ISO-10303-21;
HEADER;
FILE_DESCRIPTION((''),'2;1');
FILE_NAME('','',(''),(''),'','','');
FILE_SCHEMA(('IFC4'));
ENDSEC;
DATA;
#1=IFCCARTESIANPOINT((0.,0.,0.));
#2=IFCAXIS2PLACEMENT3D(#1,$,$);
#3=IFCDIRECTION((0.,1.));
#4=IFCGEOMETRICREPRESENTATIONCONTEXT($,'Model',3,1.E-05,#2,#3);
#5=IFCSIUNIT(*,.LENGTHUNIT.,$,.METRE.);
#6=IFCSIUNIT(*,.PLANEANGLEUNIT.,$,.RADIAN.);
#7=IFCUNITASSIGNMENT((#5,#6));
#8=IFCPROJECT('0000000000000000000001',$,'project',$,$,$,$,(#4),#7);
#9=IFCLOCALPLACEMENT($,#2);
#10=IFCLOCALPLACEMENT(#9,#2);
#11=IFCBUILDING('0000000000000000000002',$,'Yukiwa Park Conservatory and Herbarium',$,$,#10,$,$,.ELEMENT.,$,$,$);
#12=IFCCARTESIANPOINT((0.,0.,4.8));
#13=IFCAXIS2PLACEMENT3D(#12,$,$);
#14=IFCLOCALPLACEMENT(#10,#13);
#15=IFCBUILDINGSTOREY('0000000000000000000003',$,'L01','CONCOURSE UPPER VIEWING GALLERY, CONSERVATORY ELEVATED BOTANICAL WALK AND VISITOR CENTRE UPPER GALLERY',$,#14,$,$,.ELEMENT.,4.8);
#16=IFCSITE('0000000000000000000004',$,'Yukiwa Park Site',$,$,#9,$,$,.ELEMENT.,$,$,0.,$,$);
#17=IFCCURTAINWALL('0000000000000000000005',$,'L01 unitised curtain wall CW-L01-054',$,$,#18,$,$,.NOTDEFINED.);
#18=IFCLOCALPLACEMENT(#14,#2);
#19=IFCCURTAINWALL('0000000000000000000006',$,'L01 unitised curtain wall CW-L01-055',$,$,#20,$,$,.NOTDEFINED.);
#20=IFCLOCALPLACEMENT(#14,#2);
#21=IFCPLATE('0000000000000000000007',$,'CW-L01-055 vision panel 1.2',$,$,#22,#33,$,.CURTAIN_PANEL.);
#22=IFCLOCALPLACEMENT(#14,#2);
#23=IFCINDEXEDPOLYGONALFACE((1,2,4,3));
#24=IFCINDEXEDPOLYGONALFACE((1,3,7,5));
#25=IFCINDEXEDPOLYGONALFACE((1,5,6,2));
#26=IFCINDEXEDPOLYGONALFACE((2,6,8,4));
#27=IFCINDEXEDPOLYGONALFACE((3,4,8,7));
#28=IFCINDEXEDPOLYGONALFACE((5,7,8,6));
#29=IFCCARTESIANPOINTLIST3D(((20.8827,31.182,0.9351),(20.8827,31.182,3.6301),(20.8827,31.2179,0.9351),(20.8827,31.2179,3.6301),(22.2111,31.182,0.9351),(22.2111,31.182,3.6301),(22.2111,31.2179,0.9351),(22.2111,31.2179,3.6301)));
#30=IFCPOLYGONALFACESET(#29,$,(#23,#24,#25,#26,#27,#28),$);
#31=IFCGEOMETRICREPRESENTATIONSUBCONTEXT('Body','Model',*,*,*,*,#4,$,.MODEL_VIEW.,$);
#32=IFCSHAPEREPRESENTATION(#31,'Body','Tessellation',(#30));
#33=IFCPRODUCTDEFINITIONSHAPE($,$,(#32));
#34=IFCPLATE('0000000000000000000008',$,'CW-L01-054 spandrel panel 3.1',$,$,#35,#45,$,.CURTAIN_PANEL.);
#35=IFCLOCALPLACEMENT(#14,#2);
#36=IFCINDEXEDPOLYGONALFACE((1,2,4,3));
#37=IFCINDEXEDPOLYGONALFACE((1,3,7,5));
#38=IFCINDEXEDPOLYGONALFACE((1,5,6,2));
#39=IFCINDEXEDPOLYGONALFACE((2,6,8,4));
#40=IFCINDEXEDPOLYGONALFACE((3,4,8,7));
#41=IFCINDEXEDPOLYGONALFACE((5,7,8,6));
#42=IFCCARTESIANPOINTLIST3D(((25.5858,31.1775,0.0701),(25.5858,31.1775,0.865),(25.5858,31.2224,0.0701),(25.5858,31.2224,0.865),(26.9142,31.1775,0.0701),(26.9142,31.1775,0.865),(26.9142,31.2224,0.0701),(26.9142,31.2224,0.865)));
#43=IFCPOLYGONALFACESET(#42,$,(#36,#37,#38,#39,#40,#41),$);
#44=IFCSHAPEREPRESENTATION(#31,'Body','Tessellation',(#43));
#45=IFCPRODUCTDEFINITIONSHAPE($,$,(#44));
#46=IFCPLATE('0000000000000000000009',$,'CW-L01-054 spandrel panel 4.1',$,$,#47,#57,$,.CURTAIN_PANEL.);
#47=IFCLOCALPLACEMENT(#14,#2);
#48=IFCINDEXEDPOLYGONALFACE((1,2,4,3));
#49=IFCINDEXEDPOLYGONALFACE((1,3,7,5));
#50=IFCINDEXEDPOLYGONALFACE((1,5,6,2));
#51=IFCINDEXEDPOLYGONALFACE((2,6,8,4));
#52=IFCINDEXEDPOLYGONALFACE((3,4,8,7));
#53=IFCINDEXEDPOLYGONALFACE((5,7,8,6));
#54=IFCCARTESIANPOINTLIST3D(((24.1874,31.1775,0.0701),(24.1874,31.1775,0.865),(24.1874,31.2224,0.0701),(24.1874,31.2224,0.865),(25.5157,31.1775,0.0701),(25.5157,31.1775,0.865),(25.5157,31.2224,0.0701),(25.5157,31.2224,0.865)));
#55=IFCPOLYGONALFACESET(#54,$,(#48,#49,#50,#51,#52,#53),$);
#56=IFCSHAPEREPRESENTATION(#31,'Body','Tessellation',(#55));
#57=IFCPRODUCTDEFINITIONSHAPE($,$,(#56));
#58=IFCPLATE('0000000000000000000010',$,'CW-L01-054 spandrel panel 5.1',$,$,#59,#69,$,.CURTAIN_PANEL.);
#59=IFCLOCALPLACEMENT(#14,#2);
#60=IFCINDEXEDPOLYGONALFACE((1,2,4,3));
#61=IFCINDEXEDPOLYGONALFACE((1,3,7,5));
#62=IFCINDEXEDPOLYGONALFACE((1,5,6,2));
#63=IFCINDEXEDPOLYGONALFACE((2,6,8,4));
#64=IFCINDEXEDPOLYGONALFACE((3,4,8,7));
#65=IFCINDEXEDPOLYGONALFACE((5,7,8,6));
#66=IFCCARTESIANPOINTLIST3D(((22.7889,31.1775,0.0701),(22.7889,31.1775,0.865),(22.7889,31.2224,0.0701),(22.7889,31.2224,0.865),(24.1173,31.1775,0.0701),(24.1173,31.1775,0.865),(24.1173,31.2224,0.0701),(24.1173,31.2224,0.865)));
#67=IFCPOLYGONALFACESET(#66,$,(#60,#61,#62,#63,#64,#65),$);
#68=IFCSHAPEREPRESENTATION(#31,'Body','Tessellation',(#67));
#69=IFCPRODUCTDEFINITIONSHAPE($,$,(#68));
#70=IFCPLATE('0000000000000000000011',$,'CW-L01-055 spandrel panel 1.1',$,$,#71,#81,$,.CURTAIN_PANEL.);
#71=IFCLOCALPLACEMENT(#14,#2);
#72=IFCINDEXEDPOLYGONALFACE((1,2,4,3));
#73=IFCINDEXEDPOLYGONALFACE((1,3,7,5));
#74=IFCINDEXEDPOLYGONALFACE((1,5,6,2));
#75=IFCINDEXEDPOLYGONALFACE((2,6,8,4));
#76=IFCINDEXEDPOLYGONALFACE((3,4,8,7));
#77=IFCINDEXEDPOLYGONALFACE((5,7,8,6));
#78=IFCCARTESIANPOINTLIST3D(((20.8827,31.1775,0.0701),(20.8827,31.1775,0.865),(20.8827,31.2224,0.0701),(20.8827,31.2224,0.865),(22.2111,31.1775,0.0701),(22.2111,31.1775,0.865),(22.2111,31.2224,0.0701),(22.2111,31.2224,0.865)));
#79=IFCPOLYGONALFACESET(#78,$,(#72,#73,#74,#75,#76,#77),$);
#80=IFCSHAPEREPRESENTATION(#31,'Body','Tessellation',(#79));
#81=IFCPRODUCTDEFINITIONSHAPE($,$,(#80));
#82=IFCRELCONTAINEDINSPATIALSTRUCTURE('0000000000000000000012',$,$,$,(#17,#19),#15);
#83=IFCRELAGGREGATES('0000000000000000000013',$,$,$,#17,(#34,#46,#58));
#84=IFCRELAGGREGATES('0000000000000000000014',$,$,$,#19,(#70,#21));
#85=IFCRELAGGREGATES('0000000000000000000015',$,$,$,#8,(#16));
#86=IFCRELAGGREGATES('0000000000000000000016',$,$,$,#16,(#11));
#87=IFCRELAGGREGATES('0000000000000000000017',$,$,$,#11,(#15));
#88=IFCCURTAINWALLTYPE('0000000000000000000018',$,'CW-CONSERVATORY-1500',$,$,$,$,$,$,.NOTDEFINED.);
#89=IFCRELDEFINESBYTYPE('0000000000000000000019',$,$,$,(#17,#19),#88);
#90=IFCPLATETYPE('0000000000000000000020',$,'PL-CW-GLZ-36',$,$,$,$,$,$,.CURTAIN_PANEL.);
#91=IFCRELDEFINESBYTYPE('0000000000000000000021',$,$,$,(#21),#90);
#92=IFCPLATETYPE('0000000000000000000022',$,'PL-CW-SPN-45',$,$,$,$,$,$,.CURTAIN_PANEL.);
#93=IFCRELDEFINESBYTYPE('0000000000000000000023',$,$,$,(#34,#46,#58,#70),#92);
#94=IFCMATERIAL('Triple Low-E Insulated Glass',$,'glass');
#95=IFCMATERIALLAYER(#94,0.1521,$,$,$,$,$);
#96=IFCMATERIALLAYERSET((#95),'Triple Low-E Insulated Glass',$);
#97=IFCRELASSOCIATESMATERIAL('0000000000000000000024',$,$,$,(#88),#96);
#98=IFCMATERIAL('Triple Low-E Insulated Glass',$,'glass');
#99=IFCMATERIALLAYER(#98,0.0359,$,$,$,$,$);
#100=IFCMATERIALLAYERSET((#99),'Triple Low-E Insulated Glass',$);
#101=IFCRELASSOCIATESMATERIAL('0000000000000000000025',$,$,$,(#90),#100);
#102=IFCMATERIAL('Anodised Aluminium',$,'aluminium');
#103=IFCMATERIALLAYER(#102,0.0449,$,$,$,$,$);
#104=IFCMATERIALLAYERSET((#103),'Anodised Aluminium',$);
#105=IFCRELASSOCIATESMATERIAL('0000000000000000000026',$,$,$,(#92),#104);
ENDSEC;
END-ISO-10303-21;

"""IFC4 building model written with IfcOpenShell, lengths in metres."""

from ifc_helpers import new_model, si_unit, direction, frame, origin, origin_2d, place, context, subcontext, project, spatial, rectangle, extrude, material, layer, layer_set, type_object, element, aggregate, save


model = new_model("IFC4")

# Units and contexts
model_context = context("Model", 3, precision=1e-05, world=origin(), true_north=direction((0.0, 1.0)))
body_context = subcontext(model_context, "Body", "Model", "MODEL_VIEW")
ifc_project = project(units=[si_unit("LENGTHUNIT", "METRE"), si_unit("PLANEANGLEUNIT", "RADIAN")], contexts=[model_context])

# Site, building, storey
site_placement = place(None, origin())
site = spatial("IfcSite", under=ifc_project, at=site_placement, Name="Yukiwa Park Site", CompositionType="ELEMENT", RefElevation=0.0)
building_placement = place(site_placement, origin())
building = spatial("IfcBuilding", under=site, at=building_placement, Name="Yukiwa Park Conservatory and Herbarium", CompositionType="ELEMENT")
storey_placement = place(building_placement, frame((0.0, 0.0, 4.8)))
storey = spatial("IfcBuildingStorey", under=building, at=storey_placement, Name="L01", Description="CONCOURSE UPPER VIEWING GALLERY, CONSERVATORY ELEVATED BOTANICAL WALK AND VISITOR CENTRE UPPER GALLERY", CompositionType="ELEMENT", Elevation=4.8)

# Curtain wall
ifc_material_1 = material(Name="Triple Low-E Insulated Glass", Category="glass")
ifc_layer_1 = layer(ifc_material_1, 0.1521)
ifc_layer_set_1 = layer_set([ifc_layer_1], Name="Triple Low-E Insulated Glass")
curtain_wall_type = type_object("IfcCurtainWallType", Name="CW-CONSERVATORY-1500", PredefinedType="NOTDEFINED", material=ifc_layer_set_1)
curtain_wall_1_placement = place(storey_placement, origin())
curtain_wall_1 = element("IfcCurtainWall", 1, at=curtain_wall_1_placement, inside=storey, type_object=curtain_wall_type, Name="L01 unitised curtain wall CW-L01-054", PredefinedType="NOTDEFINED")

# Curtain wall
curtain_wall_2_placement = place(storey_placement, origin())
curtain_wall_2 = element("IfcCurtainWall", 2, at=curtain_wall_2_placement, inside=storey, type_object=curtain_wall_type, Name="L01 unitised curtain wall CW-L01-055", PredefinedType="NOTDEFINED")

# Plates
ifc_material_2 = material(Name="Triple Low-E Insulated Glass", Category="glass")
ifc_layer_2 = layer(ifc_material_2, 0.0359)
ifc_layer_set_2 = layer_set([ifc_layer_2], Name="Triple Low-E Insulated Glass")
plate_type_1 = type_object("IfcPlateType", Name="PL-CW-GLZ-36", PredefinedType="CURTAIN_PANEL", material=ifc_layer_set_2)
plate_1_placement = place(storey_placement, frame((21.5469, 31.2, 0.9351), z_axis=(0.0, 0.0, 1.0), x_axis=(-1.0, 0.0, 0.0)))
plate_1 = element("IfcPlate", 3, at=plate_1_placement, type_object=plate_type_1, Name="CW-L01-055 vision panel 1.2", PredefinedType="CURTAIN_PANEL", context=body_context, shape_type="SweptSolid", body=[
    extrude(rectangle(XDim=1.3284, YDim=0.0359, at=origin_2d()), origin(), (0.0, 0.0, 1.0), 2.6951),
])
ifc_material_3 = material(Name="Anodised Aluminium", Category="aluminium")
ifc_layer_3 = layer(ifc_material_3, 0.0449)
ifc_layer_set_3 = layer_set([ifc_layer_3], Name="Anodised Aluminium")
plate_type_2 = type_object("IfcPlateType", Name="PL-CW-SPN-45", PredefinedType="CURTAIN_PANEL", material=ifc_layer_set_3)
plate_2_placement = place(storey_placement, frame((26.25, 31.2, 0.0701), z_axis=(0.0, 0.0, 1.0), x_axis=(-1.0, 0.0, 0.0)))
plate_2 = element("IfcPlate", 4, at=plate_2_placement, type_object=plate_type_2, Name="CW-L01-054 spandrel panel 3.1", PredefinedType="CURTAIN_PANEL", context=body_context, shape_type="SweptSolid", body=[
    extrude(rectangle(XDim=1.3284, YDim=0.0449, at=origin_2d()), origin(), (0.0, 0.0, 1.0), 0.7949),
])
plate_3_placement = place(storey_placement, frame((24.8516, 31.2, 0.0701), z_axis=(0.0, 0.0, 1.0), x_axis=(-1.0, 0.0, 0.0)))
plate_3 = element("IfcPlate", 5, at=plate_3_placement, type_object=plate_type_2, Name="CW-L01-054 spandrel panel 4.1", PredefinedType="CURTAIN_PANEL", context=body_context, shape_type="SweptSolid", body=[
    extrude(rectangle(XDim=1.3284, YDim=0.0449, at=origin_2d()), origin(), (0.0, 0.0, 1.0), 0.7949),
])
plate_4_placement = place(storey_placement, frame((23.4531, 31.2, 0.0701), z_axis=(0.0, 0.0, 1.0), x_axis=(-1.0, 0.0, 0.0)))
plate_4 = element("IfcPlate", 6, at=plate_4_placement, type_object=plate_type_2, Name="CW-L01-054 spandrel panel 5.1", PredefinedType="CURTAIN_PANEL", context=body_context, shape_type="SweptSolid", body=[
    extrude(rectangle(XDim=1.3284, YDim=0.0449, at=origin_2d()), origin(), (0.0, 0.0, 1.0), 0.7949),
])
aggregate(curtain_wall_1, [plate_2, plate_3, plate_4])
plate_5_placement = place(storey_placement, frame((21.5469, 31.2, 0.0701), z_axis=(0.0, 0.0, 1.0), x_axis=(-1.0, 0.0, 0.0)))
plate_5 = element("IfcPlate", 7, at=plate_5_placement, type_object=plate_type_2, Name="CW-L01-055 spandrel panel 1.1", PredefinedType="CURTAIN_PANEL", context=body_context, shape_type="SweptSolid", body=[
    extrude(rectangle(XDim=1.3284, YDim=0.0449, at=origin_2d()), origin(), (0.0, 0.0, 1.0), 0.7949),
])
aggregate(curtain_wall_2, [plate_5, plate_1])

save(model, "model.ifc")
